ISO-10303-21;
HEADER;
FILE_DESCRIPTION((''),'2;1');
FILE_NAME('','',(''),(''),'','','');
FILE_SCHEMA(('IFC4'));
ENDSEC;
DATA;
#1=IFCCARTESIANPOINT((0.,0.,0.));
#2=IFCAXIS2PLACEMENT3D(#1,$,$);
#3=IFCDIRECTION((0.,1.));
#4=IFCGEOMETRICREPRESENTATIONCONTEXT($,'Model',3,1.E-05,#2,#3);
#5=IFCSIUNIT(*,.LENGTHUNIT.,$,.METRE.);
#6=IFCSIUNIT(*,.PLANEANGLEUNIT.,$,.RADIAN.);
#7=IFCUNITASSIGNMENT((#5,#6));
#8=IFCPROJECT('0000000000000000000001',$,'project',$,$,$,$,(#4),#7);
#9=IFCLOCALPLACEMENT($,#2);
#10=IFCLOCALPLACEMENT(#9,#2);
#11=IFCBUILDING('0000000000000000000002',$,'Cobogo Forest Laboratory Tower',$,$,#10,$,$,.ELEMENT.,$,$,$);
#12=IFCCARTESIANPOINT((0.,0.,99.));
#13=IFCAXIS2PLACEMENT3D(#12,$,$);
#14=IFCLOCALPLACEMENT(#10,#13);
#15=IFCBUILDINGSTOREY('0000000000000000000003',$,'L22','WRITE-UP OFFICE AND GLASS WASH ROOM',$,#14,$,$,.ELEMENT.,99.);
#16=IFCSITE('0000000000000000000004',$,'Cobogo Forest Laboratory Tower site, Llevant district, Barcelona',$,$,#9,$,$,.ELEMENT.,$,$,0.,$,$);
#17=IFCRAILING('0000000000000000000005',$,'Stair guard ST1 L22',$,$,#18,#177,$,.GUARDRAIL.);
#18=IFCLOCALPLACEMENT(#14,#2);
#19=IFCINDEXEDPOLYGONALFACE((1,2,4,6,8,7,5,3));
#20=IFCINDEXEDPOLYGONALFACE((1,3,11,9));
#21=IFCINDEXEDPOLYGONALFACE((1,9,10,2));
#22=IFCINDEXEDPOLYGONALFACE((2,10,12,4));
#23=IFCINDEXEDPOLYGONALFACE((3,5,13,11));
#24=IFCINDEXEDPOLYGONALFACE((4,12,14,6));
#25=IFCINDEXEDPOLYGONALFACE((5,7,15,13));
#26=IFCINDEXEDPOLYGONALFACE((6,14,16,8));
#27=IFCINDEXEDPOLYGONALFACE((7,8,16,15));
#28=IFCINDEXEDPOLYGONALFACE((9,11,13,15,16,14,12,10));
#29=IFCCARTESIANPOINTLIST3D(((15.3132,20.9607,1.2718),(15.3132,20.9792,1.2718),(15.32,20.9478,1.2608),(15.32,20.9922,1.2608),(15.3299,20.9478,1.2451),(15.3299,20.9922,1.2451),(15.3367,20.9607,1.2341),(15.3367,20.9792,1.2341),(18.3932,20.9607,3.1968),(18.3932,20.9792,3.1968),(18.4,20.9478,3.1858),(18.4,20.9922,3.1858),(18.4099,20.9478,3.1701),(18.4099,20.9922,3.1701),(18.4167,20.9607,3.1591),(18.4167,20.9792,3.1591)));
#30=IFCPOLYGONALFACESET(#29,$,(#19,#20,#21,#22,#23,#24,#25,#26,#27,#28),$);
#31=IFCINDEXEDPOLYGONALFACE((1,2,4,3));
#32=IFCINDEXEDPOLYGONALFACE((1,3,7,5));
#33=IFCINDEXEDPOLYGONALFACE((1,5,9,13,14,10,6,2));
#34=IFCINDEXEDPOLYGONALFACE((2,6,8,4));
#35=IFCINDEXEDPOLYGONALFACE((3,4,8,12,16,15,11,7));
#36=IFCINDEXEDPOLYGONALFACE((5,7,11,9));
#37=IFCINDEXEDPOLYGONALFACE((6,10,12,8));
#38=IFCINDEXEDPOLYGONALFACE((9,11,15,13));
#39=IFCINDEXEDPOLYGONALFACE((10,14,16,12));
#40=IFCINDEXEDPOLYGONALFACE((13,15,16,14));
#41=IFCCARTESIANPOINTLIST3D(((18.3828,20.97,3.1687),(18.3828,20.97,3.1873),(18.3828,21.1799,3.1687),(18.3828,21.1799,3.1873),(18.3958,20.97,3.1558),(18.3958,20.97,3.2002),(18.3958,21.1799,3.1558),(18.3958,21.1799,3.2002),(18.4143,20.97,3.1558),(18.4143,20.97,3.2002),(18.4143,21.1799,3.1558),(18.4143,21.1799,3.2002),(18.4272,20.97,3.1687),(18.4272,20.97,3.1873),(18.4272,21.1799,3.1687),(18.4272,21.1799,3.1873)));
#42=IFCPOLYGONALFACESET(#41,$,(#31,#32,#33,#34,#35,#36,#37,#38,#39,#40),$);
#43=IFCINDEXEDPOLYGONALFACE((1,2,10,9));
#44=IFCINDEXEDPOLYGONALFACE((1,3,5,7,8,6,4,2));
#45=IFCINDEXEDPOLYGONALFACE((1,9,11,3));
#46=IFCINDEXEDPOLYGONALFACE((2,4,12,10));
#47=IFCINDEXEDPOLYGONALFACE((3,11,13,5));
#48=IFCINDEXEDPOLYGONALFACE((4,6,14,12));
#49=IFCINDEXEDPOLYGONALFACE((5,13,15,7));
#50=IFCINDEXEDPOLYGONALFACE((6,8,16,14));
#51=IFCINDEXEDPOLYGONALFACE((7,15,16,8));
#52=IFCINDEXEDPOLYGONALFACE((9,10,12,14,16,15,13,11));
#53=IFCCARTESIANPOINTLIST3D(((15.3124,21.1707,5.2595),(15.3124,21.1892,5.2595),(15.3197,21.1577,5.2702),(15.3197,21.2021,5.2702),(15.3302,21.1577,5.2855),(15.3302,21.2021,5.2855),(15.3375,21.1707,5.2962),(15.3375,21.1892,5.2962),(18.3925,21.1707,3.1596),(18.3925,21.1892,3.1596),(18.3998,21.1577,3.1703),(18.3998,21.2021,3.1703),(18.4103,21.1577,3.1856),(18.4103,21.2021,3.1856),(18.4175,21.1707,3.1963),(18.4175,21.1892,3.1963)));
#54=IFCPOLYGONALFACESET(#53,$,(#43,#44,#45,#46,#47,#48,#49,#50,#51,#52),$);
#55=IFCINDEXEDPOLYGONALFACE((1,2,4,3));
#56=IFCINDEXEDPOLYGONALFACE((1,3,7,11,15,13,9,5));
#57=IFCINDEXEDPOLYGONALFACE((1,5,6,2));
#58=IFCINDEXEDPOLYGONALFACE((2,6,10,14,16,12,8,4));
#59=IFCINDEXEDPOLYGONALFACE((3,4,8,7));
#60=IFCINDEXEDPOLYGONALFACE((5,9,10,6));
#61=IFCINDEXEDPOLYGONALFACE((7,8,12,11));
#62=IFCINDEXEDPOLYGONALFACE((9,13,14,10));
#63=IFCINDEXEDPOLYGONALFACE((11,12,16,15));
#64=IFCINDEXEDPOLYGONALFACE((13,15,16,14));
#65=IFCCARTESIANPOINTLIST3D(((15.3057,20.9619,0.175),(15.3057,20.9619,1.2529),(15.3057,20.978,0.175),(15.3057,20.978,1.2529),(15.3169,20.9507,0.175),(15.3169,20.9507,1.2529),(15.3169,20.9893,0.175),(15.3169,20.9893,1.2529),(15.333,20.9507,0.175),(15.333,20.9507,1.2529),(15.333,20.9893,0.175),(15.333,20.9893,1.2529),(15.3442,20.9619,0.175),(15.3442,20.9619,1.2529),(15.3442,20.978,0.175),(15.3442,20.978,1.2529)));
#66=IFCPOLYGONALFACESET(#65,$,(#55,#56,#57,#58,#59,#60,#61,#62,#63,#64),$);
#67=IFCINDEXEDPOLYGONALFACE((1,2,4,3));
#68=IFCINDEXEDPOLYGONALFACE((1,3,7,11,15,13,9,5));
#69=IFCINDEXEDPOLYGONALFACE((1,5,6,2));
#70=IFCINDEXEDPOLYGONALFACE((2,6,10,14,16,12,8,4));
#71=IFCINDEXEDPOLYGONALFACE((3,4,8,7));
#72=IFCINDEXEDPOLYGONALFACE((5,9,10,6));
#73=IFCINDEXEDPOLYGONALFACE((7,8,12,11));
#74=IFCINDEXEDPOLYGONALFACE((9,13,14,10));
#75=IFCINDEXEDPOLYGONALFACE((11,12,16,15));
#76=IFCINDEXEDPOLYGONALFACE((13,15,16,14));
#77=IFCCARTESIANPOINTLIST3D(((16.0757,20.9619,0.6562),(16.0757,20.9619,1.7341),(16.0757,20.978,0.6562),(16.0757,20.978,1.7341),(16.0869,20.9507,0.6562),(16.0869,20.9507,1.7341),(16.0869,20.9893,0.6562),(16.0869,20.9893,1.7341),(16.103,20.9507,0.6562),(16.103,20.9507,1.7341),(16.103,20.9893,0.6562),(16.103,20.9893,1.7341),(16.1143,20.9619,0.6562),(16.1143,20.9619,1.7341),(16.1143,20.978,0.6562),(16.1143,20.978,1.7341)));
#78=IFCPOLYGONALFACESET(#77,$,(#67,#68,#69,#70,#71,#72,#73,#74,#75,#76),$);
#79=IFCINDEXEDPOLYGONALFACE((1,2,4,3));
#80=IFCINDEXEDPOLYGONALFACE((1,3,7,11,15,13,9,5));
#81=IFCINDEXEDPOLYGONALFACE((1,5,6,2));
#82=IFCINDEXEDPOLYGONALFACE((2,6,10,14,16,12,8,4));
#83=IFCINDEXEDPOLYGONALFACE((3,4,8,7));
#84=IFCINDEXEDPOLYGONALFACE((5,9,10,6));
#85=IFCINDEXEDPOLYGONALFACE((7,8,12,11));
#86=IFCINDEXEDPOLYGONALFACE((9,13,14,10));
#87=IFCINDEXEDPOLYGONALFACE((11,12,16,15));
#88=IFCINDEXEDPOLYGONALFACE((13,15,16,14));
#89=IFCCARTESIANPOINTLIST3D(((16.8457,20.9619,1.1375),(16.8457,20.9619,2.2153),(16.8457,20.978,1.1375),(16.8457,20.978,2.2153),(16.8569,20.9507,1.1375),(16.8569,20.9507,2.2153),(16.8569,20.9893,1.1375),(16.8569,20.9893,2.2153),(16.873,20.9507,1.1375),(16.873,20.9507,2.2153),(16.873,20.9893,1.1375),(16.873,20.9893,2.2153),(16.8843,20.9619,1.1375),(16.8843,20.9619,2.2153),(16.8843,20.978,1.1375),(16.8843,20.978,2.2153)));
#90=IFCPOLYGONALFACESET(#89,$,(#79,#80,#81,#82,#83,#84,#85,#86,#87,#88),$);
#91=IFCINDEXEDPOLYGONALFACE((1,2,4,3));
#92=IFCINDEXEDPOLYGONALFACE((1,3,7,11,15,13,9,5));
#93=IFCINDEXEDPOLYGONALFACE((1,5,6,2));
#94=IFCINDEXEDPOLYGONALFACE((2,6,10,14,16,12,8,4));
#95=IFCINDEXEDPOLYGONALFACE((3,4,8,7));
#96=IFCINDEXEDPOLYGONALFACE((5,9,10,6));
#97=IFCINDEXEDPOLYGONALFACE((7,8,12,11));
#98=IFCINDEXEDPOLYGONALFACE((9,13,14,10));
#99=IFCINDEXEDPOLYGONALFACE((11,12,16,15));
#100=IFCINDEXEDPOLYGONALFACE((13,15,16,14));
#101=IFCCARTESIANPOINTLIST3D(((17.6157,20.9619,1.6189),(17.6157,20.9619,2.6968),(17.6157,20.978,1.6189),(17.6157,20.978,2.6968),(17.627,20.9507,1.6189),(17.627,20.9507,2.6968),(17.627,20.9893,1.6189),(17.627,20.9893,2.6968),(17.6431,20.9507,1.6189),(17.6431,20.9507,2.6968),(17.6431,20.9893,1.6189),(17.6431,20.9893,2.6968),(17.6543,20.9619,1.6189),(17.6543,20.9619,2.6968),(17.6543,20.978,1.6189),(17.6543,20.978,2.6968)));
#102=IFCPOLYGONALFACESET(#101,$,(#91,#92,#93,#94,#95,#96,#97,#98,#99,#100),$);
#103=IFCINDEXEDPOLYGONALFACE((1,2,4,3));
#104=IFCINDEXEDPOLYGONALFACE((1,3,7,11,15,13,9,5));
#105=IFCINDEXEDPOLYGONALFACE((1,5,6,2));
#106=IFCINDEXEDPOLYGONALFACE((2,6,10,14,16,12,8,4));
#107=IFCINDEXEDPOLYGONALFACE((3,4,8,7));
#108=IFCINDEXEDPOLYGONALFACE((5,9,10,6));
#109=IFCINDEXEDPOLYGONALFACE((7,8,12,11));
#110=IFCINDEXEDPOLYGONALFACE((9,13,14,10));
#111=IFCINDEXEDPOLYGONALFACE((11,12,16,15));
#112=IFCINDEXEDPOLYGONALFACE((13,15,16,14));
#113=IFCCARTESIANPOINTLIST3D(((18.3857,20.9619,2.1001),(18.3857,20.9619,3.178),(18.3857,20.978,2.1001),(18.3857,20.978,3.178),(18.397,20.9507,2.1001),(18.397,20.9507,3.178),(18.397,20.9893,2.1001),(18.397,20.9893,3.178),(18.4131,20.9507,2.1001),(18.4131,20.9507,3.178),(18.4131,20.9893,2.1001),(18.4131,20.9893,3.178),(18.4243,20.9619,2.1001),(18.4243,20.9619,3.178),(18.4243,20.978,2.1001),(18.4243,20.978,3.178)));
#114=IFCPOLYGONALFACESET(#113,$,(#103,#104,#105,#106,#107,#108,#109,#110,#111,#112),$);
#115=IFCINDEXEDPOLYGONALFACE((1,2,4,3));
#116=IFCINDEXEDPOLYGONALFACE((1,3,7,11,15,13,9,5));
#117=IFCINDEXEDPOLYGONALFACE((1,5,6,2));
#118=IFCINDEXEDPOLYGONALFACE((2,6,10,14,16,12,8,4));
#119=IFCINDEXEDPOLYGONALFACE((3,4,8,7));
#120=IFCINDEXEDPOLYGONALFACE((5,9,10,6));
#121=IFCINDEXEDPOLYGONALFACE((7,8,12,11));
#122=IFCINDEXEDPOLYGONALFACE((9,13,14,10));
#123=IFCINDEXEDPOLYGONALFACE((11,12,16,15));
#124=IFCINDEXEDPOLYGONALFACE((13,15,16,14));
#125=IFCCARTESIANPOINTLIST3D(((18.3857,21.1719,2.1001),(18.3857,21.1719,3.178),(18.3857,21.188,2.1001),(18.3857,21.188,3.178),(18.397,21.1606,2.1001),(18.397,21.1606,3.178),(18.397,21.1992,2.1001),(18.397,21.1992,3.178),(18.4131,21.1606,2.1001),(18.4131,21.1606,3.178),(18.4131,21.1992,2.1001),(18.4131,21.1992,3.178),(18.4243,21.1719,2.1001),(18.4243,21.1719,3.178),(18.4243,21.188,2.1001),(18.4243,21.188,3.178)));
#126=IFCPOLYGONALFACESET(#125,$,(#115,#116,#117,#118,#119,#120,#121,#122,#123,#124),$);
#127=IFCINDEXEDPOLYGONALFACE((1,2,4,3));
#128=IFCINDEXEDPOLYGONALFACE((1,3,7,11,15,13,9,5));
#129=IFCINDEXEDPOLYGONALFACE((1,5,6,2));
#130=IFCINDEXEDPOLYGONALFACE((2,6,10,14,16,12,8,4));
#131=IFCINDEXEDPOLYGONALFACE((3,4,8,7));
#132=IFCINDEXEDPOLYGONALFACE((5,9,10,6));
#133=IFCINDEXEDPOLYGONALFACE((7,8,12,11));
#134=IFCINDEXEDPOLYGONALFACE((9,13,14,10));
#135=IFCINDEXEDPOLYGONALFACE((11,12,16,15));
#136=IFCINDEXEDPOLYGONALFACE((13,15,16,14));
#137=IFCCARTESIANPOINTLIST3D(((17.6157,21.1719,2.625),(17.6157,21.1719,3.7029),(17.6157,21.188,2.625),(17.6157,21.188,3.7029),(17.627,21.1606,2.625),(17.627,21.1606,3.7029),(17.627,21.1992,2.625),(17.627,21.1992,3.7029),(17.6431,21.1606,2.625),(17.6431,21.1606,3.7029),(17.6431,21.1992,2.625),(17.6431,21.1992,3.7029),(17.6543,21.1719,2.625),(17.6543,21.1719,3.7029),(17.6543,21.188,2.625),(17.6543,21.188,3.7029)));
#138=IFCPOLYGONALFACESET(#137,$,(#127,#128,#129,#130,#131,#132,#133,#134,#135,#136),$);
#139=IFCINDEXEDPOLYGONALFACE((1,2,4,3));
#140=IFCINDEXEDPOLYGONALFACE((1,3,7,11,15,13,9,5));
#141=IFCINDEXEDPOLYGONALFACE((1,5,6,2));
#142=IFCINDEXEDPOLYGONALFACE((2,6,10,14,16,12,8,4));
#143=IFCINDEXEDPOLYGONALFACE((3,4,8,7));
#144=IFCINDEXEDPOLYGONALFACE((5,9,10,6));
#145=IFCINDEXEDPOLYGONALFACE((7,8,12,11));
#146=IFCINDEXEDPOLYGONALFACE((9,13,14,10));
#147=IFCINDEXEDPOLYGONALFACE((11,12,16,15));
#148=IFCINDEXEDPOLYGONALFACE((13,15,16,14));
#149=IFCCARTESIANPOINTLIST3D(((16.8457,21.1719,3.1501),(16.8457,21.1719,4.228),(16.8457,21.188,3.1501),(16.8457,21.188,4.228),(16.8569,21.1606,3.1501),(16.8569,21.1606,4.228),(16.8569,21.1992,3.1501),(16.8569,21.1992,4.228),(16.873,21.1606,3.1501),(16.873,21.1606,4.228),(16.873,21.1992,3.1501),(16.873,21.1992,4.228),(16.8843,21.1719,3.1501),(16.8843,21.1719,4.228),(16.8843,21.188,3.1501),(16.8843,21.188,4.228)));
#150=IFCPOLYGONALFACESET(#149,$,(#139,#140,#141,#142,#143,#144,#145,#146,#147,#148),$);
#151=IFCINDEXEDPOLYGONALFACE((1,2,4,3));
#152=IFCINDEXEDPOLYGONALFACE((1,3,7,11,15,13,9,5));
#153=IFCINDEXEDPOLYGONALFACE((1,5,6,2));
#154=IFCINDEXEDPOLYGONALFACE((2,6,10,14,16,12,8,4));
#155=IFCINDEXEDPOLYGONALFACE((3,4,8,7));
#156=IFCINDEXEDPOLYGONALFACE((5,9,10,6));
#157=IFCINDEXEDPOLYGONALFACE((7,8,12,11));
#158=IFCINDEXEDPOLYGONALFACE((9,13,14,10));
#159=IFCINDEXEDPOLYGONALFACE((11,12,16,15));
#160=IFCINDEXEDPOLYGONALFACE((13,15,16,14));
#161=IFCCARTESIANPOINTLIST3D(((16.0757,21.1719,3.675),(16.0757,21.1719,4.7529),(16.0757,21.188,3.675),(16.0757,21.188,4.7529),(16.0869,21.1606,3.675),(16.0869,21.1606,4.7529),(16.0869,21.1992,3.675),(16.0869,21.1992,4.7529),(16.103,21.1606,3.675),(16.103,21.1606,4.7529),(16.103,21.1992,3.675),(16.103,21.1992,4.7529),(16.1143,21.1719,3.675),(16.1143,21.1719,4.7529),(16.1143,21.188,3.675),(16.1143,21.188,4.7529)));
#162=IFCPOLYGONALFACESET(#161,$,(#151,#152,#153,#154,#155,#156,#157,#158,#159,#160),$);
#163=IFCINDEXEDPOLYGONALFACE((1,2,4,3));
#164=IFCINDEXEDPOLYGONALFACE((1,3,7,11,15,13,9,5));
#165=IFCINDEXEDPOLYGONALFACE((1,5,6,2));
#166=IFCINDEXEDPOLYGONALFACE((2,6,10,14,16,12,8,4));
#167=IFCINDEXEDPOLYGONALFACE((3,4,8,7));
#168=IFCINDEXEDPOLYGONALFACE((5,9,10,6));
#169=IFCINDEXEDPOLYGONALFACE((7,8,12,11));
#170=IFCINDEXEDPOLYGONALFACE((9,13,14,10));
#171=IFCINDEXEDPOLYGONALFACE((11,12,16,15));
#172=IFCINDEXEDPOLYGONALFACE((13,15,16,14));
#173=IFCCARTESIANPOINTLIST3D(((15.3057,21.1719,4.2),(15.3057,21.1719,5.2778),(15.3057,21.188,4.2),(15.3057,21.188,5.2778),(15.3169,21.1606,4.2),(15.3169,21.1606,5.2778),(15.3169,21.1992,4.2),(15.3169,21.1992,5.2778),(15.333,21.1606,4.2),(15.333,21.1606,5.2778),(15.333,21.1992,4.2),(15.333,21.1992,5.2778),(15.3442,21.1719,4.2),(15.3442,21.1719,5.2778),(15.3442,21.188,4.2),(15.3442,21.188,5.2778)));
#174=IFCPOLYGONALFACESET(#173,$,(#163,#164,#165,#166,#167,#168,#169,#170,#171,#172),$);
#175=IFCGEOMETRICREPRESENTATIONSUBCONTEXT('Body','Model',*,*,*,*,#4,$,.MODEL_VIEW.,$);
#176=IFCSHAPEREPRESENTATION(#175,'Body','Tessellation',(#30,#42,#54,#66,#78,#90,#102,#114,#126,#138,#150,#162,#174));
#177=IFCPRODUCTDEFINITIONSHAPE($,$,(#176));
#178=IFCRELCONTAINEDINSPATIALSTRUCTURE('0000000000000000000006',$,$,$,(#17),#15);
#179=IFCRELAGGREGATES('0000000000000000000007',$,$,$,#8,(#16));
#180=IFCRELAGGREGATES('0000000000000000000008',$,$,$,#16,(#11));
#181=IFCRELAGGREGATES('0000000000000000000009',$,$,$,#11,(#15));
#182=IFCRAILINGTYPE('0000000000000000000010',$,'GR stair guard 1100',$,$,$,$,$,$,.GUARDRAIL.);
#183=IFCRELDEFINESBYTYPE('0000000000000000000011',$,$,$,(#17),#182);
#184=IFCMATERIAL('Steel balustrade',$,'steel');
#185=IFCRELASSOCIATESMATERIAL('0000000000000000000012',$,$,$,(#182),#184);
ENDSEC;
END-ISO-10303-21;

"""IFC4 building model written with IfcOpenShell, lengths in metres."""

from ifc_helpers import new_model, si_unit, direction, frame, origin, place, context, subcontext, project, spatial, polyline, outline, extrude, material, type_object, element, save


model = new_model("IFC4")

# Units and contexts
model_context = context("Model", 3, precision=1e-05, world=origin(), true_north=direction((0.0, 1.0)))
body_context = subcontext(model_context, "Body", "Model", "MODEL_VIEW")
ifc_project = project(units=[si_unit("LENGTHUNIT", "METRE"), si_unit("PLANEANGLEUNIT", "RADIAN")], contexts=[model_context])

# Site, building, storey
site_placement = place(None, origin())
site = spatial("IfcSite", under=ifc_project, at=site_placement, Name="Cobogo Forest Laboratory Tower site, Llevant district, Barcelona", CompositionType="ELEMENT", RefElevation=0.0)
building_placement = place(site_placement, origin())
building = spatial("IfcBuilding", under=site, at=building_placement, Name="Cobogo Forest Laboratory Tower", CompositionType="ELEMENT")
storey_placement = place(building_placement, frame((0.0, 0.0, 99.0)))
storey = spatial("IfcBuildingStorey", under=building, at=storey_placement, Name="L22", Description="WRITE-UP OFFICE AND GLASS WASH ROOM", CompositionType="ELEMENT", Elevation=99.0)

# Railing
ifc_material_1 = material(Name="Steel balustrade", Category="steel")
railing_type = type_object("IfcRailingType", Name="GR stair guard 1100", PredefinedType="GUARDRAIL", material=ifc_material_1)
railing_placement = place(storey_placement, frame((15.325, 20.97, 0.175)))
element("IfcRailing", 1, at=railing_placement, inside=storey, type_object=railing_type, Name="Stair guard ST1 L22", PredefinedType="GUARDRAIL", context=body_context, shape_type="SweptSolid", body=[
    extrude(outline(polyline([(0.0222, 0.0093), (0.0093, 0.0222), (-0.0093, 0.0222), (-0.0222, 0.0093), (-0.0222, -0.0093), (-0.0093, -0.0222), (0.0093, -0.0222), (0.0222, -0.0093), (0.0222, 0.0093)])), frame((0.0, 0.0, 1.0779), z_axis=(0.847998, 0.0, 0.529999), x_axis=(0.0, 1.0, 0.0)), (0.0, 0.0, 1.0), 3.6321),
    extrude(outline(polyline([(0.0222, 0.0093), (0.0093, 0.0222), (-0.0093, 0.0222), (-0.0222, 0.0093), (-0.0222, -0.0093), (-0.0093, -0.0222), (0.0093, -0.0222), (0.0222, -0.0093), (0.0222, 0.0093)])), frame((3.0801, 0.0, 3.0029), z_axis=(0.0, 1.0, 0.0), x_axis=(-1.0, 0.0, 0.0)), (0.0, 0.0, 1.0), 0.21),
    extrude(outline(polyline([(0.0222, 0.0093), (0.0093, 0.0222), (-0.0093, 0.0222), (-0.0222, 0.0093), (-0.0222, -0.0093), (-0.0093, -0.0222), (0.0093, -0.0222), (0.0222, -0.0093), (0.0222, 0.0093)])), frame((3.0801, 0.21, 3.0029), z_axis=(-0.826252, 0.0, 0.5633), x_axis=(0.0, -1.0, 0.0)), (0.0, 0.0, 1.0), 3.7278),
    extrude(outline(polyline([(0.0193, 0.0081), (0.0081, 0.0193), (-0.0081, 0.0193), (-0.0193, 0.0081), (-0.0193, -0.0081), (-0.0081, -0.0193), (0.0081, -0.0193), (0.0193, -0.0081), (0.0193, 0.0081)])), origin(), (0.0, 0.0, 1.0), 1.0779),
    extrude(outline(polyline([(0.0193, 0.0081), (0.0081, 0.0193), (-0.0081, 0.0193), (-0.0193, 0.0081), (-0.0193, -0.0081), (-0.0081, -0.0193), (0.0081, -0.0193), (0.0193, -0.0081), (0.0193, 0.0081)])), frame((0.77, 0.0, 0.4812)), (0.0, 0.0, 1.0), 1.0779),
    extrude(outline(polyline([(0.0193, 0.0081), (0.0081, 0.0193), (-0.0081, 0.0193), (-0.0193, 0.0081), (-0.0193, -0.0081), (-0.0081, -0.0193), (0.0081, -0.0193), (0.0193, -0.0081), (0.0193, 0.0081)])), frame((1.54, 0.0, 0.9624)), (0.0, 0.0, 1.0), 1.0779),
    extrude(outline(polyline([(0.0193, 0.0081), (0.0081, 0.0193), (-0.0081, 0.0193), (-0.0193, 0.0081), (-0.0193, -0.0081), (-0.0081, -0.0193), (0.0081, -0.0193), (0.0193, -0.0081), (0.0193, 0.0081)])), frame((2.3101, 0.0, 1.4438)), (0.0, 0.0, 1.0), 1.0779),
    extrude(outline(polyline([(0.0193, 0.0081), (0.0081, 0.0193), (-0.0081, 0.0193), (-0.0193, 0.0081), (-0.0193, -0.0081), (-0.0081, -0.0193), (0.0081, -0.0193), (0.0193, -0.0081), (0.0193, 0.0081)])), frame((3.0801, 0.0, 1.925)), (0.0, 0.0, 1.0), 1.0779),
    extrude(outline(polyline([(0.0193, 0.0081), (0.0081, 0.0193), (-0.0081, 0.0193), (-0.0193, 0.0081), (-0.0193, -0.0081), (-0.0081, -0.0193), (0.0081, -0.0193), (0.0193, -0.0081), (0.0193, 0.0081)])), frame((3.0801, 0.21, 1.925)), (0.0, 0.0, 1.0), 1.0779),
    extrude(outline(polyline([(0.0193, 0.0081), (0.0081, 0.0193), (-0.0081, 0.0193), (-0.0193, 0.0081), (-0.0193, -0.0081), (-0.0081, -0.0193), (0.0081, -0.0193), (0.0193, -0.0081), (0.0193, 0.0081)])), frame((2.3101, 0.21, 2.45)), (0.0, 0.0, 1.0), 1.0779),
    extrude(outline(polyline([(0.0193, 0.0081), (0.0081, 0.0193), (-0.0081, 0.0193), (-0.0193, 0.0081), (-0.0193, -0.0081), (-0.0081, -0.0193), (0.0081, -0.0193), (0.0193, -0.0081), (0.0193, 0.0081)])), frame((1.54, 0.21, 2.9751)), (0.0, 0.0, 1.0), 1.0779),
    extrude(outline(polyline([(0.0193, 0.0081), (0.0081, 0.0193), (-0.0081, 0.0193), (-0.0193, 0.0081), (-0.0193, -0.0081), (-0.0081, -0.0193), (0.0081, -0.0193), (0.0193, -0.0081), (0.0193, 0.0081)])), frame((0.77, 0.21, 3.5)), (0.0, 0.0, 1.0), 1.0779),
    extrude(outline(polyline([(0.0193, 0.0081), (0.0081, 0.0193), (-0.0081, 0.0193), (-0.0193, 0.0081), (-0.0193, -0.0081), (-0.0081, -0.0193), (0.0081, -0.0193), (0.0193, -0.0081), (0.0193, 0.0081)])), frame((0.0, 0.21, 4.0249)), (0.0, 0.0, 1.0), 1.0779),
])

save(model, "model.ifc")
